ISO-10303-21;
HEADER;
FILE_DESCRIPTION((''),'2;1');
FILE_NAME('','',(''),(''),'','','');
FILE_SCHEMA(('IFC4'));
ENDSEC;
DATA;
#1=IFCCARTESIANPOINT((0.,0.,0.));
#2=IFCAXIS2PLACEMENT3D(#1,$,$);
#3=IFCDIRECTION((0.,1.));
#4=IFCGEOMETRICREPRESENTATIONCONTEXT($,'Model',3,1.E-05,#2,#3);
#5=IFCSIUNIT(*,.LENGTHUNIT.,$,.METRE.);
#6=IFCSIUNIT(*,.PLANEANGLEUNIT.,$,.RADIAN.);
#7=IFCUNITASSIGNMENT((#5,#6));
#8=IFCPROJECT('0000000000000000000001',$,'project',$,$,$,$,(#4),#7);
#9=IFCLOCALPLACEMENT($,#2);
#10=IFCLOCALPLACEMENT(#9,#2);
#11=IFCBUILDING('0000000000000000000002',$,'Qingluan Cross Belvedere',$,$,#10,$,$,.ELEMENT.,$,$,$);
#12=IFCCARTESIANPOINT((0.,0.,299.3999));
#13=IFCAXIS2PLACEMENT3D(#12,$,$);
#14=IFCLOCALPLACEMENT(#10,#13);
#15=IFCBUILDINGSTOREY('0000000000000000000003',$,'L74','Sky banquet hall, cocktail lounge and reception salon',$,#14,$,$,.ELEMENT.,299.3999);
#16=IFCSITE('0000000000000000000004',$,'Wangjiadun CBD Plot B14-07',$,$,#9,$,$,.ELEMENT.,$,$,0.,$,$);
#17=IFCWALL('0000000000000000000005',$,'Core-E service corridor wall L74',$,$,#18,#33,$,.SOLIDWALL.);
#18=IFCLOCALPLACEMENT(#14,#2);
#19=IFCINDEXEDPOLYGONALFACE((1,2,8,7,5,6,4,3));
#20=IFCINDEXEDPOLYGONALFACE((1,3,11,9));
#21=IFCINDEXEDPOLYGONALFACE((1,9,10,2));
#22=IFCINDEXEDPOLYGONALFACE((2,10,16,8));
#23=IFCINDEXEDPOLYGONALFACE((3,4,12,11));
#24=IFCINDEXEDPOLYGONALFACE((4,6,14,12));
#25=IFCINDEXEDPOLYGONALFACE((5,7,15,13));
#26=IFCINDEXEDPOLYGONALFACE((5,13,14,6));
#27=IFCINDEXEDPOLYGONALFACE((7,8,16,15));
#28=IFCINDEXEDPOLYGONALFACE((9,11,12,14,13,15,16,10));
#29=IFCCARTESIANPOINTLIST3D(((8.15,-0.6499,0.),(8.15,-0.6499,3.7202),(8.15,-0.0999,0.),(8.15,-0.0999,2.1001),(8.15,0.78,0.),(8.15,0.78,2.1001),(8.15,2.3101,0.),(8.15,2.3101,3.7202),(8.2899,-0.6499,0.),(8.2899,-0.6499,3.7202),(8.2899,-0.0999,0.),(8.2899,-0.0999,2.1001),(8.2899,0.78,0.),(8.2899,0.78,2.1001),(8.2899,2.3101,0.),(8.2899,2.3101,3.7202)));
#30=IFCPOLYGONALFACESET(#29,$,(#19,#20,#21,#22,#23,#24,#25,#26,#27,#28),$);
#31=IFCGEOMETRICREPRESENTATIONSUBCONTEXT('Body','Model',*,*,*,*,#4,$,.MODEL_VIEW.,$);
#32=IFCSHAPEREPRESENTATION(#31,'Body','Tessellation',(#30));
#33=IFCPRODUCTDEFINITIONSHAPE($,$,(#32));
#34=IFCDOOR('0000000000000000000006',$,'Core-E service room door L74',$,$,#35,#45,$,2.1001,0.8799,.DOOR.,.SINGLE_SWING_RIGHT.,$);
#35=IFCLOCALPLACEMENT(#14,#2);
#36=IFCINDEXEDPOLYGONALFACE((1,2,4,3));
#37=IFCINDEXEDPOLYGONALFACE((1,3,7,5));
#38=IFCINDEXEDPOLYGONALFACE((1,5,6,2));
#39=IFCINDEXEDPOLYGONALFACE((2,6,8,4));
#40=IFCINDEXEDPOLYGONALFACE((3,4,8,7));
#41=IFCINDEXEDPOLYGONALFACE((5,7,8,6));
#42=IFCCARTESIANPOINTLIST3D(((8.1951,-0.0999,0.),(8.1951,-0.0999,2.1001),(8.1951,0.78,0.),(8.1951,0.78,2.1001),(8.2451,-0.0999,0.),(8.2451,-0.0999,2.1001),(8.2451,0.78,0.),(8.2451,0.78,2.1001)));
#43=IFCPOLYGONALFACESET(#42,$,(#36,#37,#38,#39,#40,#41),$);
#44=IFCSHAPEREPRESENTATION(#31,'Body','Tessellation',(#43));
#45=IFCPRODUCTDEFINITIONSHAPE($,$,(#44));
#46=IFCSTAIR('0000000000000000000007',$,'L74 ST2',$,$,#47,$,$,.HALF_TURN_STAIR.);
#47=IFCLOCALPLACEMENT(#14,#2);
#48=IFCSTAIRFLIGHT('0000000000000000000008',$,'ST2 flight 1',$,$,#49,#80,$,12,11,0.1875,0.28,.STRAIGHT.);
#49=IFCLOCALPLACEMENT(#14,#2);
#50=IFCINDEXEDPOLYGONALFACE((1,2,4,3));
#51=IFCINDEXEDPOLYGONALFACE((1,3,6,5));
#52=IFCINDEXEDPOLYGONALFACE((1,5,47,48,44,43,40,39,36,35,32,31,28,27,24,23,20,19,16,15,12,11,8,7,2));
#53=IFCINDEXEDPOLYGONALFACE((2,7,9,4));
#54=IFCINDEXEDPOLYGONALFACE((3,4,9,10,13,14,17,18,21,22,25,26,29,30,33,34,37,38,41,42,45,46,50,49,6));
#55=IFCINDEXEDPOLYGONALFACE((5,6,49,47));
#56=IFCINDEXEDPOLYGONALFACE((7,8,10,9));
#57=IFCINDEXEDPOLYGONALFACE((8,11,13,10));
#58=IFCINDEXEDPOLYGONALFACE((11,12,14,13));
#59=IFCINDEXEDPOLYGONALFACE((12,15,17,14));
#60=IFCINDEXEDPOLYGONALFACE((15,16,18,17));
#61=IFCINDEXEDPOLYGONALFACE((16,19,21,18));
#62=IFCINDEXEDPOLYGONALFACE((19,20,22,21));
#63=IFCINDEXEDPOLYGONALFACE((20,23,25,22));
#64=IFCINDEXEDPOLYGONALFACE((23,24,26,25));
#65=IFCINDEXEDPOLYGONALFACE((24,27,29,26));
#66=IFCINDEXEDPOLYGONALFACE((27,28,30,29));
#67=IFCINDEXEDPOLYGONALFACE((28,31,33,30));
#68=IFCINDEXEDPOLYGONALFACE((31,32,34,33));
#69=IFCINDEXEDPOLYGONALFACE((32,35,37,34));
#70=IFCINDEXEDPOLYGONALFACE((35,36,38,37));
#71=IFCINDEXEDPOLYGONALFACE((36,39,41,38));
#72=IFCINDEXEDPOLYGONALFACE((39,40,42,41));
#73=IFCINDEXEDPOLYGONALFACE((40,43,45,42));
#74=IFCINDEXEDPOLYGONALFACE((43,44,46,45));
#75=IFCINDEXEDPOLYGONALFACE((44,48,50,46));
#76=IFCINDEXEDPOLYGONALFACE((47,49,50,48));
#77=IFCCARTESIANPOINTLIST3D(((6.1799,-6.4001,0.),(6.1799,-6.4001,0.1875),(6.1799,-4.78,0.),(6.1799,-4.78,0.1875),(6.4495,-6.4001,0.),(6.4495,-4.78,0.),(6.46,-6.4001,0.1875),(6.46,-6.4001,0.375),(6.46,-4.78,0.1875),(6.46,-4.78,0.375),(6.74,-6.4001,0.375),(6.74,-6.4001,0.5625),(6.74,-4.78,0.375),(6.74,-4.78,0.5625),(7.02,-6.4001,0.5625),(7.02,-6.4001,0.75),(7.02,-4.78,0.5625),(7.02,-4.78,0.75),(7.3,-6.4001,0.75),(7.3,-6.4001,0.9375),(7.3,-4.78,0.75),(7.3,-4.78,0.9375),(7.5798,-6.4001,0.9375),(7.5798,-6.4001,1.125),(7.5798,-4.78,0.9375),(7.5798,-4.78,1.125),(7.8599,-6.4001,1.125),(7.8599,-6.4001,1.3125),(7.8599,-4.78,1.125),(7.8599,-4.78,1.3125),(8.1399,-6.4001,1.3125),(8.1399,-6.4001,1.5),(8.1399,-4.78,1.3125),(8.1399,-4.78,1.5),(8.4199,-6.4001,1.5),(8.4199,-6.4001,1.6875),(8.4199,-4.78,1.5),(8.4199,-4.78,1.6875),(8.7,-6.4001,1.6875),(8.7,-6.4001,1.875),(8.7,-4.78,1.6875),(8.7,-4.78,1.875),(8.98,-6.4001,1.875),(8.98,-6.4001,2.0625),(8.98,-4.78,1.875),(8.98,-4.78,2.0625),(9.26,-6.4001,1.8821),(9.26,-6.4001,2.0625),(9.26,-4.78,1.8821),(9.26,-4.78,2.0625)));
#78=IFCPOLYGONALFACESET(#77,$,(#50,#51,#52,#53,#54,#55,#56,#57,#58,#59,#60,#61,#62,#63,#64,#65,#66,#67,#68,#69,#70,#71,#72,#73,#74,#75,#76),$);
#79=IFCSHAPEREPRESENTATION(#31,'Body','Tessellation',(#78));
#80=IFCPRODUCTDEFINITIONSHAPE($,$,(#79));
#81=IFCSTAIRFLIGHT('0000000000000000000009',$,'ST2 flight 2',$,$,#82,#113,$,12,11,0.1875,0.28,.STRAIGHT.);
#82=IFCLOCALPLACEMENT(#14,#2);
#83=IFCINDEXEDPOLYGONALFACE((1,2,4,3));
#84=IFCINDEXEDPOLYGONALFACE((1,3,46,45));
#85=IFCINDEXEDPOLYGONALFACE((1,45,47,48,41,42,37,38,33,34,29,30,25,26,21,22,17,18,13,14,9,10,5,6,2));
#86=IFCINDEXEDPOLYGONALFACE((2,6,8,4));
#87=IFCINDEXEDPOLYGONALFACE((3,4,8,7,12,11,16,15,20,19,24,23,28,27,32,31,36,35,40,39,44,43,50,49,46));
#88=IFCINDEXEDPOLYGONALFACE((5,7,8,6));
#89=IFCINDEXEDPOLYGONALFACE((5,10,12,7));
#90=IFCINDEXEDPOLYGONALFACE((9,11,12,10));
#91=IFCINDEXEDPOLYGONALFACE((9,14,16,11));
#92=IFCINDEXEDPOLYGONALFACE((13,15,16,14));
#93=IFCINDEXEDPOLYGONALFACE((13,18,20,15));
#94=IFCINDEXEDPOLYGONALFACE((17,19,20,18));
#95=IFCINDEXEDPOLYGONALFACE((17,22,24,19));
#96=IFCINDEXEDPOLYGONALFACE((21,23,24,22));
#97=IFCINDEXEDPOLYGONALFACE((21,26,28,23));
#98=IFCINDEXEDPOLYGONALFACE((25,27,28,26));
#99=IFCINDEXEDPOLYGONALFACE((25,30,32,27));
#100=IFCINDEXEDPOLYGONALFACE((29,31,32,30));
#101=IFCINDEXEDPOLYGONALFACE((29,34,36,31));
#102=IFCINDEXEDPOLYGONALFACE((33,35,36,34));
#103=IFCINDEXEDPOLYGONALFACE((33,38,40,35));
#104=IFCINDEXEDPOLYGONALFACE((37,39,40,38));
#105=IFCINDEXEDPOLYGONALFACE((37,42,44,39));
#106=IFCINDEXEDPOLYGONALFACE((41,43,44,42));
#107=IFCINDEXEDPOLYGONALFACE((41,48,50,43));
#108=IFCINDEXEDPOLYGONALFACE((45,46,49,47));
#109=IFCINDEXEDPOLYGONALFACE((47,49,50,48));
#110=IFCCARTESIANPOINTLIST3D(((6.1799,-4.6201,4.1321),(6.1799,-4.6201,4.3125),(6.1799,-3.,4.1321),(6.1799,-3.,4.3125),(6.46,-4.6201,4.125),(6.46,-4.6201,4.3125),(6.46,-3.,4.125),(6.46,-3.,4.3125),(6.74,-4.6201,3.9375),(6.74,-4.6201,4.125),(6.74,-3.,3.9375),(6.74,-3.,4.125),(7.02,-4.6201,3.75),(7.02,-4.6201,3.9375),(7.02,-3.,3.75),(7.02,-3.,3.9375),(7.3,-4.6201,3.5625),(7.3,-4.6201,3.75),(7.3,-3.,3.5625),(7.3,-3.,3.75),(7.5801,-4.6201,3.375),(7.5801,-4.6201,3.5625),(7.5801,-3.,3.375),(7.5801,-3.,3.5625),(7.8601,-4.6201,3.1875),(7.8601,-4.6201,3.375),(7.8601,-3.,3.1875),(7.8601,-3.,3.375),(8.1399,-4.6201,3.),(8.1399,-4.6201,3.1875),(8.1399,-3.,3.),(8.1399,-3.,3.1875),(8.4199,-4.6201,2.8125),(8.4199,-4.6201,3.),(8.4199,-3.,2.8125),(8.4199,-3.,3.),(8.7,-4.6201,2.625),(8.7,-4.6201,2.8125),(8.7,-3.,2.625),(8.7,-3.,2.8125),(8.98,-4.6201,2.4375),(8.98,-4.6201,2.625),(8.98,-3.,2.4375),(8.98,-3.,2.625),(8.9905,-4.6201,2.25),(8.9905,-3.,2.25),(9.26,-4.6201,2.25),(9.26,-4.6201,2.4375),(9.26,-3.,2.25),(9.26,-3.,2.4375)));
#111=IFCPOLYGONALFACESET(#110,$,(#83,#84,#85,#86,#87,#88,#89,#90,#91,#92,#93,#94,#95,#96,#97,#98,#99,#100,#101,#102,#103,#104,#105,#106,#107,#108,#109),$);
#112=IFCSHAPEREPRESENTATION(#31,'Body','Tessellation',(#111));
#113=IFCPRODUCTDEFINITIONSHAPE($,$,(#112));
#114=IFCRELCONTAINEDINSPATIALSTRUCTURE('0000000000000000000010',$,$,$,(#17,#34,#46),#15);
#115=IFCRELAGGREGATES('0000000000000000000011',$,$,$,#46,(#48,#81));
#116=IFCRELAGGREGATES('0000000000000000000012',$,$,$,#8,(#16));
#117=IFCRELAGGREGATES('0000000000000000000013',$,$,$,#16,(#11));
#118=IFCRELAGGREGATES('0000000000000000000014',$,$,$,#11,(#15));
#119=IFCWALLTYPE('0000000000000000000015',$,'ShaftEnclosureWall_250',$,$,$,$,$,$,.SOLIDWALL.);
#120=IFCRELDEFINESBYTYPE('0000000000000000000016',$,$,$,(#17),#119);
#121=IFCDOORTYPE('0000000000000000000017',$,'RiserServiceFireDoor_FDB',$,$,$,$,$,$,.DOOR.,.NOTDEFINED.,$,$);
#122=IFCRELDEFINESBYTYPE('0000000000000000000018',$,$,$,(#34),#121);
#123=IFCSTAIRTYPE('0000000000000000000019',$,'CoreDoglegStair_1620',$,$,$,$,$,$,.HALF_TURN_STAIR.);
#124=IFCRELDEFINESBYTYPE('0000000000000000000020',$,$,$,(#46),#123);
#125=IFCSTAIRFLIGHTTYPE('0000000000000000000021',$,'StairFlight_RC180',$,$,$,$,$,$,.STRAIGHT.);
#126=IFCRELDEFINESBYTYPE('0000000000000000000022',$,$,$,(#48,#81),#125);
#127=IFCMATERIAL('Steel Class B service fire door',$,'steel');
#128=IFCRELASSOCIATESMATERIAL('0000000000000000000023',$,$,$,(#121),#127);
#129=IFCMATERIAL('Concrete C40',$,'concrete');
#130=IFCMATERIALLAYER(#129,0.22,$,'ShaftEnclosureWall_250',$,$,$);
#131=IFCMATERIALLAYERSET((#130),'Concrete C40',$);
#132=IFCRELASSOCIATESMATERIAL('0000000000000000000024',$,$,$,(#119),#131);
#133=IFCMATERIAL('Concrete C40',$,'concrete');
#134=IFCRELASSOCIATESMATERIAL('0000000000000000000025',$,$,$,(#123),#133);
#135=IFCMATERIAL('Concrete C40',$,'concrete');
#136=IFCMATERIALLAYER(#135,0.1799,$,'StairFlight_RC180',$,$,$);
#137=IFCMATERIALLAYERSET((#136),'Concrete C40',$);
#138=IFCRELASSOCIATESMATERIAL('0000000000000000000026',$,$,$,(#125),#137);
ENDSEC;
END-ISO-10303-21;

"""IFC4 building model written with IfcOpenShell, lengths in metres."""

from ifc_helpers import new_model, si_unit, direction, frame, frame_2d, origin, place, context, subcontext, project, spatial, polyline, rectangle, outline, extrude, material, layer, layer_set, type_object, element, fill, aggregate, save


model = new_model("IFC4")

# Units and contexts
model_context = context("Model", 3, precision=1e-05, world=origin(), true_north=direction((0.0, 1.0)))
body_context = subcontext(model_context, "Body", "Model", "MODEL_VIEW")
ifc_project = project(units=[si_unit("LENGTHUNIT", "METRE"), si_unit("PLANEANGLEUNIT", "RADIAN")], contexts=[model_context])

# Site, building, storey
site_placement = place(None, origin())
site = spatial("IfcSite", under=ifc_project, at=site_placement, Name="Wangjiadun CBD Plot B14-07", CompositionType="ELEMENT", RefElevation=0.0)
building_placement = place(site_placement, origin())
building = spatial("IfcBuilding", under=site, at=building_placement, Name="Qingluan Cross Belvedere", CompositionType="ELEMENT")
storey_placement = place(building_placement, frame((0.0, 0.0, 299.3999)))
storey = spatial("IfcBuildingStorey", under=building, at=storey_placement, Name="L74", Description="Sky banquet hall, cocktail lounge and reception salon", CompositionType="ELEMENT", Elevation=299.3999)

# Wall, opening, door
ifc_material_1 = material(Name="Steel Class B service fire door", Category="steel")
door_type_1 = type_object("IfcDoorType", Name="RiserServiceFireDoor_FDB", OperationType="NOTDEFINED", PredefinedType="DOOR", material=ifc_material_1)
ifc_material_2 = material(Name="Concrete C40", Category="concrete")
ifc_layer_1 = layer(ifc_material_2, 0.22, Name="ShaftEnclosureWall_250")
ifc_layer_set_1 = layer_set([ifc_layer_1], Name="Concrete C40")
wall_type_1 = type_object("IfcWallType", Name="ShaftEnclosureWall_250", PredefinedType="SOLIDWALL", material=ifc_layer_set_1)
wall_1_placement = place(storey_placement, frame((8.22, -0.6499, 0.0), z_axis=(0.0, 0.0, 1.0), x_axis=(0.0, 1.0, 0.0)))
wall_1 = element("IfcWall", 1, at=wall_1_placement, inside=storey, type_object=wall_type_1, Name="Core-E service corridor wall L74", PredefinedType="SOLIDWALL", context=body_context, shape_type="SweptSolid", body=[
    extrude(rectangle(XDim=2.96, YDim=0.1399, at=frame_2d((1.48, 0.0))), origin(), (0.0, 0.0, 1.0), 3.7202),
])
opening_1_placement = place(wall_1_placement, frame((0.55, 0.0, 0.0)))
opening_1 = element("IfcOpeningElement", 2, at=opening_1_placement, cuts=wall_1, PredefinedType="OPENING", context=body_context, shape_type="SweptSolid", body=[
    extrude(rectangle(XDim=0.8799, YDim=2.1001, at=frame_2d((0.4399, 1.05))), frame((0.0, 0.0798, 0.0), z_axis=(0.0, -1.0, 0.0), x_axis=(1.0, 0.0, 0.0)), (0.0, 0.0, 1.0), 0.1599),
])
door_1_placement = place(opening_1_placement, origin())
door_1 = element("IfcDoor", 3, at=door_1_placement, inside=storey, type_object=door_type_1, Name="Core-E service room door L74", OperationType="SINGLE_SWING_RIGHT", OverallHeight=2.1001, OverallWidth=0.8799, PredefinedType="DOOR", context=body_context, shape_type="SweptSolid", body=[
    extrude(rectangle(XDim=0.8799, YDim=2.1001, at=frame_2d((0.4399, 1.05))), frame((0.0, 0.0249, 0.0), z_axis=(0.0, -1.0, 0.0), x_axis=(1.0, 0.0, 0.0)), (0.0, 0.0, 1.0), 0.05),
])
fill(opening_1, door_1)

# Stair, stair flights
ifc_material_3 = material(Name="Concrete C40", Category="concrete")
stair_type = type_object("IfcStairType", Name="CoreDoglegStair_1620", PredefinedType="HALF_TURN_STAIR", material=ifc_material_3)
stair_placement = place(storey_placement, origin())
stair = element("IfcStair", 4, at=stair_placement, inside=storey, type_object=stair_type, Name="L74 ST2", PredefinedType="HALF_TURN_STAIR")
ifc_material_4 = material(Name="Concrete C40", Category="concrete")
ifc_layer_2 = layer(ifc_material_4, 0.1799, Name="StairFlight_RC180")
ifc_layer_set_2 = layer_set([ifc_layer_2], Name="Concrete C40")
stair_flight_type = type_object("IfcStairFlightType", Name="StairFlight_RC180", PredefinedType="STRAIGHT", material=ifc_layer_set_2)
stair_flight_1_placement = place(storey_placement, frame((6.1799, -5.5901, 0.0), z_axis=(0.0, 0.0, 1.0), x_axis=(1.0, 0.0, 0.0)))
stair_flight_1 = element("IfcStairFlight", 5, at=stair_flight_1_placement, type_object=stair_flight_type, Name="ST2 flight 1", NumberOfRisers=12, NumberOfTreads=11, PredefinedType="STRAIGHT", RiserHeight=0.1875, TreadLength=0.28, context=body_context, shape_type="SweptSolid", body=[
    extrude(outline(polyline([(0.0, 0.0), (0.0, 0.1875), (0.28, 0.1875), (0.28, 0.375), (0.5601, 0.375), (0.5601, 0.5625), (0.8401, 0.5625), (0.8401, 0.75), (1.1201, 0.75), (1.1201, 0.9375), (1.3999, 0.9375), (1.3999, 1.125), (1.6799, 1.125), (1.6799, 1.3125), (1.96, 1.3125), (1.96, 1.5), (2.24, 1.5), (2.24, 1.6875), (2.52, 1.6875), (2.52, 1.875), (2.8, 1.875), (2.8, 2.0625), (3.0801, 2.0625), (3.0801, 2.25), (3.0801, 1.8821), (0.2695, 0.0), (0.0, 0.0)])), frame((0.0, 0.8101, 0.0), z_axis=(0.0, -1.0, 0.0), x_axis=(1.0, 0.0, 0.0)), (0.0, 0.0, 1.0), 1.6201),
])
stair_flight_2_placement = place(storey_placement, frame((9.26, -3.8101, 2.25), z_axis=(0.0, 0.0, 1.0), x_axis=(-1.0, 0.0, 0.0)))
stair_flight_2 = element("IfcStairFlight", 6, at=stair_flight_2_placement, type_object=stair_flight_type, Name="ST2 flight 2", NumberOfRisers=12, NumberOfTreads=11, PredefinedType="STRAIGHT", RiserHeight=0.1875, TreadLength=0.28, context=body_context, shape_type="SweptSolid", body=[
    extrude(outline(polyline([(0.0, 0.0), (0.0, 0.1875), (0.28, 0.1875), (0.28, 0.375), (0.5601, 0.375), (0.5601, 0.5625), (0.8401, 0.5625), (0.8401, 0.75), (1.1201, 0.75), (1.1201, 0.9375), (1.3999, 0.9375), (1.3999, 1.125), (1.6799, 1.125), (1.6799, 1.3125), (1.96, 1.3125), (1.96, 1.5), (2.24, 1.5), (2.24, 1.6875), (2.52, 1.6875), (2.52, 1.875), (2.8, 1.875), (2.8, 2.0625), (3.0801, 2.0625), (3.0801, 2.25), (3.0801, 1.8821), (0.2695, 0.0), (0.0, 0.0)])), frame((0.0, 0.8101, 0.0), z_axis=(0.0, -1.0, 0.0), x_axis=(1.0, 0.0, 0.0)), (0.0, 0.0, 1.0), 1.6201),
])
aggregate(stair, [stair_flight_1, stair_flight_2])

save(model, "model.ifc")
